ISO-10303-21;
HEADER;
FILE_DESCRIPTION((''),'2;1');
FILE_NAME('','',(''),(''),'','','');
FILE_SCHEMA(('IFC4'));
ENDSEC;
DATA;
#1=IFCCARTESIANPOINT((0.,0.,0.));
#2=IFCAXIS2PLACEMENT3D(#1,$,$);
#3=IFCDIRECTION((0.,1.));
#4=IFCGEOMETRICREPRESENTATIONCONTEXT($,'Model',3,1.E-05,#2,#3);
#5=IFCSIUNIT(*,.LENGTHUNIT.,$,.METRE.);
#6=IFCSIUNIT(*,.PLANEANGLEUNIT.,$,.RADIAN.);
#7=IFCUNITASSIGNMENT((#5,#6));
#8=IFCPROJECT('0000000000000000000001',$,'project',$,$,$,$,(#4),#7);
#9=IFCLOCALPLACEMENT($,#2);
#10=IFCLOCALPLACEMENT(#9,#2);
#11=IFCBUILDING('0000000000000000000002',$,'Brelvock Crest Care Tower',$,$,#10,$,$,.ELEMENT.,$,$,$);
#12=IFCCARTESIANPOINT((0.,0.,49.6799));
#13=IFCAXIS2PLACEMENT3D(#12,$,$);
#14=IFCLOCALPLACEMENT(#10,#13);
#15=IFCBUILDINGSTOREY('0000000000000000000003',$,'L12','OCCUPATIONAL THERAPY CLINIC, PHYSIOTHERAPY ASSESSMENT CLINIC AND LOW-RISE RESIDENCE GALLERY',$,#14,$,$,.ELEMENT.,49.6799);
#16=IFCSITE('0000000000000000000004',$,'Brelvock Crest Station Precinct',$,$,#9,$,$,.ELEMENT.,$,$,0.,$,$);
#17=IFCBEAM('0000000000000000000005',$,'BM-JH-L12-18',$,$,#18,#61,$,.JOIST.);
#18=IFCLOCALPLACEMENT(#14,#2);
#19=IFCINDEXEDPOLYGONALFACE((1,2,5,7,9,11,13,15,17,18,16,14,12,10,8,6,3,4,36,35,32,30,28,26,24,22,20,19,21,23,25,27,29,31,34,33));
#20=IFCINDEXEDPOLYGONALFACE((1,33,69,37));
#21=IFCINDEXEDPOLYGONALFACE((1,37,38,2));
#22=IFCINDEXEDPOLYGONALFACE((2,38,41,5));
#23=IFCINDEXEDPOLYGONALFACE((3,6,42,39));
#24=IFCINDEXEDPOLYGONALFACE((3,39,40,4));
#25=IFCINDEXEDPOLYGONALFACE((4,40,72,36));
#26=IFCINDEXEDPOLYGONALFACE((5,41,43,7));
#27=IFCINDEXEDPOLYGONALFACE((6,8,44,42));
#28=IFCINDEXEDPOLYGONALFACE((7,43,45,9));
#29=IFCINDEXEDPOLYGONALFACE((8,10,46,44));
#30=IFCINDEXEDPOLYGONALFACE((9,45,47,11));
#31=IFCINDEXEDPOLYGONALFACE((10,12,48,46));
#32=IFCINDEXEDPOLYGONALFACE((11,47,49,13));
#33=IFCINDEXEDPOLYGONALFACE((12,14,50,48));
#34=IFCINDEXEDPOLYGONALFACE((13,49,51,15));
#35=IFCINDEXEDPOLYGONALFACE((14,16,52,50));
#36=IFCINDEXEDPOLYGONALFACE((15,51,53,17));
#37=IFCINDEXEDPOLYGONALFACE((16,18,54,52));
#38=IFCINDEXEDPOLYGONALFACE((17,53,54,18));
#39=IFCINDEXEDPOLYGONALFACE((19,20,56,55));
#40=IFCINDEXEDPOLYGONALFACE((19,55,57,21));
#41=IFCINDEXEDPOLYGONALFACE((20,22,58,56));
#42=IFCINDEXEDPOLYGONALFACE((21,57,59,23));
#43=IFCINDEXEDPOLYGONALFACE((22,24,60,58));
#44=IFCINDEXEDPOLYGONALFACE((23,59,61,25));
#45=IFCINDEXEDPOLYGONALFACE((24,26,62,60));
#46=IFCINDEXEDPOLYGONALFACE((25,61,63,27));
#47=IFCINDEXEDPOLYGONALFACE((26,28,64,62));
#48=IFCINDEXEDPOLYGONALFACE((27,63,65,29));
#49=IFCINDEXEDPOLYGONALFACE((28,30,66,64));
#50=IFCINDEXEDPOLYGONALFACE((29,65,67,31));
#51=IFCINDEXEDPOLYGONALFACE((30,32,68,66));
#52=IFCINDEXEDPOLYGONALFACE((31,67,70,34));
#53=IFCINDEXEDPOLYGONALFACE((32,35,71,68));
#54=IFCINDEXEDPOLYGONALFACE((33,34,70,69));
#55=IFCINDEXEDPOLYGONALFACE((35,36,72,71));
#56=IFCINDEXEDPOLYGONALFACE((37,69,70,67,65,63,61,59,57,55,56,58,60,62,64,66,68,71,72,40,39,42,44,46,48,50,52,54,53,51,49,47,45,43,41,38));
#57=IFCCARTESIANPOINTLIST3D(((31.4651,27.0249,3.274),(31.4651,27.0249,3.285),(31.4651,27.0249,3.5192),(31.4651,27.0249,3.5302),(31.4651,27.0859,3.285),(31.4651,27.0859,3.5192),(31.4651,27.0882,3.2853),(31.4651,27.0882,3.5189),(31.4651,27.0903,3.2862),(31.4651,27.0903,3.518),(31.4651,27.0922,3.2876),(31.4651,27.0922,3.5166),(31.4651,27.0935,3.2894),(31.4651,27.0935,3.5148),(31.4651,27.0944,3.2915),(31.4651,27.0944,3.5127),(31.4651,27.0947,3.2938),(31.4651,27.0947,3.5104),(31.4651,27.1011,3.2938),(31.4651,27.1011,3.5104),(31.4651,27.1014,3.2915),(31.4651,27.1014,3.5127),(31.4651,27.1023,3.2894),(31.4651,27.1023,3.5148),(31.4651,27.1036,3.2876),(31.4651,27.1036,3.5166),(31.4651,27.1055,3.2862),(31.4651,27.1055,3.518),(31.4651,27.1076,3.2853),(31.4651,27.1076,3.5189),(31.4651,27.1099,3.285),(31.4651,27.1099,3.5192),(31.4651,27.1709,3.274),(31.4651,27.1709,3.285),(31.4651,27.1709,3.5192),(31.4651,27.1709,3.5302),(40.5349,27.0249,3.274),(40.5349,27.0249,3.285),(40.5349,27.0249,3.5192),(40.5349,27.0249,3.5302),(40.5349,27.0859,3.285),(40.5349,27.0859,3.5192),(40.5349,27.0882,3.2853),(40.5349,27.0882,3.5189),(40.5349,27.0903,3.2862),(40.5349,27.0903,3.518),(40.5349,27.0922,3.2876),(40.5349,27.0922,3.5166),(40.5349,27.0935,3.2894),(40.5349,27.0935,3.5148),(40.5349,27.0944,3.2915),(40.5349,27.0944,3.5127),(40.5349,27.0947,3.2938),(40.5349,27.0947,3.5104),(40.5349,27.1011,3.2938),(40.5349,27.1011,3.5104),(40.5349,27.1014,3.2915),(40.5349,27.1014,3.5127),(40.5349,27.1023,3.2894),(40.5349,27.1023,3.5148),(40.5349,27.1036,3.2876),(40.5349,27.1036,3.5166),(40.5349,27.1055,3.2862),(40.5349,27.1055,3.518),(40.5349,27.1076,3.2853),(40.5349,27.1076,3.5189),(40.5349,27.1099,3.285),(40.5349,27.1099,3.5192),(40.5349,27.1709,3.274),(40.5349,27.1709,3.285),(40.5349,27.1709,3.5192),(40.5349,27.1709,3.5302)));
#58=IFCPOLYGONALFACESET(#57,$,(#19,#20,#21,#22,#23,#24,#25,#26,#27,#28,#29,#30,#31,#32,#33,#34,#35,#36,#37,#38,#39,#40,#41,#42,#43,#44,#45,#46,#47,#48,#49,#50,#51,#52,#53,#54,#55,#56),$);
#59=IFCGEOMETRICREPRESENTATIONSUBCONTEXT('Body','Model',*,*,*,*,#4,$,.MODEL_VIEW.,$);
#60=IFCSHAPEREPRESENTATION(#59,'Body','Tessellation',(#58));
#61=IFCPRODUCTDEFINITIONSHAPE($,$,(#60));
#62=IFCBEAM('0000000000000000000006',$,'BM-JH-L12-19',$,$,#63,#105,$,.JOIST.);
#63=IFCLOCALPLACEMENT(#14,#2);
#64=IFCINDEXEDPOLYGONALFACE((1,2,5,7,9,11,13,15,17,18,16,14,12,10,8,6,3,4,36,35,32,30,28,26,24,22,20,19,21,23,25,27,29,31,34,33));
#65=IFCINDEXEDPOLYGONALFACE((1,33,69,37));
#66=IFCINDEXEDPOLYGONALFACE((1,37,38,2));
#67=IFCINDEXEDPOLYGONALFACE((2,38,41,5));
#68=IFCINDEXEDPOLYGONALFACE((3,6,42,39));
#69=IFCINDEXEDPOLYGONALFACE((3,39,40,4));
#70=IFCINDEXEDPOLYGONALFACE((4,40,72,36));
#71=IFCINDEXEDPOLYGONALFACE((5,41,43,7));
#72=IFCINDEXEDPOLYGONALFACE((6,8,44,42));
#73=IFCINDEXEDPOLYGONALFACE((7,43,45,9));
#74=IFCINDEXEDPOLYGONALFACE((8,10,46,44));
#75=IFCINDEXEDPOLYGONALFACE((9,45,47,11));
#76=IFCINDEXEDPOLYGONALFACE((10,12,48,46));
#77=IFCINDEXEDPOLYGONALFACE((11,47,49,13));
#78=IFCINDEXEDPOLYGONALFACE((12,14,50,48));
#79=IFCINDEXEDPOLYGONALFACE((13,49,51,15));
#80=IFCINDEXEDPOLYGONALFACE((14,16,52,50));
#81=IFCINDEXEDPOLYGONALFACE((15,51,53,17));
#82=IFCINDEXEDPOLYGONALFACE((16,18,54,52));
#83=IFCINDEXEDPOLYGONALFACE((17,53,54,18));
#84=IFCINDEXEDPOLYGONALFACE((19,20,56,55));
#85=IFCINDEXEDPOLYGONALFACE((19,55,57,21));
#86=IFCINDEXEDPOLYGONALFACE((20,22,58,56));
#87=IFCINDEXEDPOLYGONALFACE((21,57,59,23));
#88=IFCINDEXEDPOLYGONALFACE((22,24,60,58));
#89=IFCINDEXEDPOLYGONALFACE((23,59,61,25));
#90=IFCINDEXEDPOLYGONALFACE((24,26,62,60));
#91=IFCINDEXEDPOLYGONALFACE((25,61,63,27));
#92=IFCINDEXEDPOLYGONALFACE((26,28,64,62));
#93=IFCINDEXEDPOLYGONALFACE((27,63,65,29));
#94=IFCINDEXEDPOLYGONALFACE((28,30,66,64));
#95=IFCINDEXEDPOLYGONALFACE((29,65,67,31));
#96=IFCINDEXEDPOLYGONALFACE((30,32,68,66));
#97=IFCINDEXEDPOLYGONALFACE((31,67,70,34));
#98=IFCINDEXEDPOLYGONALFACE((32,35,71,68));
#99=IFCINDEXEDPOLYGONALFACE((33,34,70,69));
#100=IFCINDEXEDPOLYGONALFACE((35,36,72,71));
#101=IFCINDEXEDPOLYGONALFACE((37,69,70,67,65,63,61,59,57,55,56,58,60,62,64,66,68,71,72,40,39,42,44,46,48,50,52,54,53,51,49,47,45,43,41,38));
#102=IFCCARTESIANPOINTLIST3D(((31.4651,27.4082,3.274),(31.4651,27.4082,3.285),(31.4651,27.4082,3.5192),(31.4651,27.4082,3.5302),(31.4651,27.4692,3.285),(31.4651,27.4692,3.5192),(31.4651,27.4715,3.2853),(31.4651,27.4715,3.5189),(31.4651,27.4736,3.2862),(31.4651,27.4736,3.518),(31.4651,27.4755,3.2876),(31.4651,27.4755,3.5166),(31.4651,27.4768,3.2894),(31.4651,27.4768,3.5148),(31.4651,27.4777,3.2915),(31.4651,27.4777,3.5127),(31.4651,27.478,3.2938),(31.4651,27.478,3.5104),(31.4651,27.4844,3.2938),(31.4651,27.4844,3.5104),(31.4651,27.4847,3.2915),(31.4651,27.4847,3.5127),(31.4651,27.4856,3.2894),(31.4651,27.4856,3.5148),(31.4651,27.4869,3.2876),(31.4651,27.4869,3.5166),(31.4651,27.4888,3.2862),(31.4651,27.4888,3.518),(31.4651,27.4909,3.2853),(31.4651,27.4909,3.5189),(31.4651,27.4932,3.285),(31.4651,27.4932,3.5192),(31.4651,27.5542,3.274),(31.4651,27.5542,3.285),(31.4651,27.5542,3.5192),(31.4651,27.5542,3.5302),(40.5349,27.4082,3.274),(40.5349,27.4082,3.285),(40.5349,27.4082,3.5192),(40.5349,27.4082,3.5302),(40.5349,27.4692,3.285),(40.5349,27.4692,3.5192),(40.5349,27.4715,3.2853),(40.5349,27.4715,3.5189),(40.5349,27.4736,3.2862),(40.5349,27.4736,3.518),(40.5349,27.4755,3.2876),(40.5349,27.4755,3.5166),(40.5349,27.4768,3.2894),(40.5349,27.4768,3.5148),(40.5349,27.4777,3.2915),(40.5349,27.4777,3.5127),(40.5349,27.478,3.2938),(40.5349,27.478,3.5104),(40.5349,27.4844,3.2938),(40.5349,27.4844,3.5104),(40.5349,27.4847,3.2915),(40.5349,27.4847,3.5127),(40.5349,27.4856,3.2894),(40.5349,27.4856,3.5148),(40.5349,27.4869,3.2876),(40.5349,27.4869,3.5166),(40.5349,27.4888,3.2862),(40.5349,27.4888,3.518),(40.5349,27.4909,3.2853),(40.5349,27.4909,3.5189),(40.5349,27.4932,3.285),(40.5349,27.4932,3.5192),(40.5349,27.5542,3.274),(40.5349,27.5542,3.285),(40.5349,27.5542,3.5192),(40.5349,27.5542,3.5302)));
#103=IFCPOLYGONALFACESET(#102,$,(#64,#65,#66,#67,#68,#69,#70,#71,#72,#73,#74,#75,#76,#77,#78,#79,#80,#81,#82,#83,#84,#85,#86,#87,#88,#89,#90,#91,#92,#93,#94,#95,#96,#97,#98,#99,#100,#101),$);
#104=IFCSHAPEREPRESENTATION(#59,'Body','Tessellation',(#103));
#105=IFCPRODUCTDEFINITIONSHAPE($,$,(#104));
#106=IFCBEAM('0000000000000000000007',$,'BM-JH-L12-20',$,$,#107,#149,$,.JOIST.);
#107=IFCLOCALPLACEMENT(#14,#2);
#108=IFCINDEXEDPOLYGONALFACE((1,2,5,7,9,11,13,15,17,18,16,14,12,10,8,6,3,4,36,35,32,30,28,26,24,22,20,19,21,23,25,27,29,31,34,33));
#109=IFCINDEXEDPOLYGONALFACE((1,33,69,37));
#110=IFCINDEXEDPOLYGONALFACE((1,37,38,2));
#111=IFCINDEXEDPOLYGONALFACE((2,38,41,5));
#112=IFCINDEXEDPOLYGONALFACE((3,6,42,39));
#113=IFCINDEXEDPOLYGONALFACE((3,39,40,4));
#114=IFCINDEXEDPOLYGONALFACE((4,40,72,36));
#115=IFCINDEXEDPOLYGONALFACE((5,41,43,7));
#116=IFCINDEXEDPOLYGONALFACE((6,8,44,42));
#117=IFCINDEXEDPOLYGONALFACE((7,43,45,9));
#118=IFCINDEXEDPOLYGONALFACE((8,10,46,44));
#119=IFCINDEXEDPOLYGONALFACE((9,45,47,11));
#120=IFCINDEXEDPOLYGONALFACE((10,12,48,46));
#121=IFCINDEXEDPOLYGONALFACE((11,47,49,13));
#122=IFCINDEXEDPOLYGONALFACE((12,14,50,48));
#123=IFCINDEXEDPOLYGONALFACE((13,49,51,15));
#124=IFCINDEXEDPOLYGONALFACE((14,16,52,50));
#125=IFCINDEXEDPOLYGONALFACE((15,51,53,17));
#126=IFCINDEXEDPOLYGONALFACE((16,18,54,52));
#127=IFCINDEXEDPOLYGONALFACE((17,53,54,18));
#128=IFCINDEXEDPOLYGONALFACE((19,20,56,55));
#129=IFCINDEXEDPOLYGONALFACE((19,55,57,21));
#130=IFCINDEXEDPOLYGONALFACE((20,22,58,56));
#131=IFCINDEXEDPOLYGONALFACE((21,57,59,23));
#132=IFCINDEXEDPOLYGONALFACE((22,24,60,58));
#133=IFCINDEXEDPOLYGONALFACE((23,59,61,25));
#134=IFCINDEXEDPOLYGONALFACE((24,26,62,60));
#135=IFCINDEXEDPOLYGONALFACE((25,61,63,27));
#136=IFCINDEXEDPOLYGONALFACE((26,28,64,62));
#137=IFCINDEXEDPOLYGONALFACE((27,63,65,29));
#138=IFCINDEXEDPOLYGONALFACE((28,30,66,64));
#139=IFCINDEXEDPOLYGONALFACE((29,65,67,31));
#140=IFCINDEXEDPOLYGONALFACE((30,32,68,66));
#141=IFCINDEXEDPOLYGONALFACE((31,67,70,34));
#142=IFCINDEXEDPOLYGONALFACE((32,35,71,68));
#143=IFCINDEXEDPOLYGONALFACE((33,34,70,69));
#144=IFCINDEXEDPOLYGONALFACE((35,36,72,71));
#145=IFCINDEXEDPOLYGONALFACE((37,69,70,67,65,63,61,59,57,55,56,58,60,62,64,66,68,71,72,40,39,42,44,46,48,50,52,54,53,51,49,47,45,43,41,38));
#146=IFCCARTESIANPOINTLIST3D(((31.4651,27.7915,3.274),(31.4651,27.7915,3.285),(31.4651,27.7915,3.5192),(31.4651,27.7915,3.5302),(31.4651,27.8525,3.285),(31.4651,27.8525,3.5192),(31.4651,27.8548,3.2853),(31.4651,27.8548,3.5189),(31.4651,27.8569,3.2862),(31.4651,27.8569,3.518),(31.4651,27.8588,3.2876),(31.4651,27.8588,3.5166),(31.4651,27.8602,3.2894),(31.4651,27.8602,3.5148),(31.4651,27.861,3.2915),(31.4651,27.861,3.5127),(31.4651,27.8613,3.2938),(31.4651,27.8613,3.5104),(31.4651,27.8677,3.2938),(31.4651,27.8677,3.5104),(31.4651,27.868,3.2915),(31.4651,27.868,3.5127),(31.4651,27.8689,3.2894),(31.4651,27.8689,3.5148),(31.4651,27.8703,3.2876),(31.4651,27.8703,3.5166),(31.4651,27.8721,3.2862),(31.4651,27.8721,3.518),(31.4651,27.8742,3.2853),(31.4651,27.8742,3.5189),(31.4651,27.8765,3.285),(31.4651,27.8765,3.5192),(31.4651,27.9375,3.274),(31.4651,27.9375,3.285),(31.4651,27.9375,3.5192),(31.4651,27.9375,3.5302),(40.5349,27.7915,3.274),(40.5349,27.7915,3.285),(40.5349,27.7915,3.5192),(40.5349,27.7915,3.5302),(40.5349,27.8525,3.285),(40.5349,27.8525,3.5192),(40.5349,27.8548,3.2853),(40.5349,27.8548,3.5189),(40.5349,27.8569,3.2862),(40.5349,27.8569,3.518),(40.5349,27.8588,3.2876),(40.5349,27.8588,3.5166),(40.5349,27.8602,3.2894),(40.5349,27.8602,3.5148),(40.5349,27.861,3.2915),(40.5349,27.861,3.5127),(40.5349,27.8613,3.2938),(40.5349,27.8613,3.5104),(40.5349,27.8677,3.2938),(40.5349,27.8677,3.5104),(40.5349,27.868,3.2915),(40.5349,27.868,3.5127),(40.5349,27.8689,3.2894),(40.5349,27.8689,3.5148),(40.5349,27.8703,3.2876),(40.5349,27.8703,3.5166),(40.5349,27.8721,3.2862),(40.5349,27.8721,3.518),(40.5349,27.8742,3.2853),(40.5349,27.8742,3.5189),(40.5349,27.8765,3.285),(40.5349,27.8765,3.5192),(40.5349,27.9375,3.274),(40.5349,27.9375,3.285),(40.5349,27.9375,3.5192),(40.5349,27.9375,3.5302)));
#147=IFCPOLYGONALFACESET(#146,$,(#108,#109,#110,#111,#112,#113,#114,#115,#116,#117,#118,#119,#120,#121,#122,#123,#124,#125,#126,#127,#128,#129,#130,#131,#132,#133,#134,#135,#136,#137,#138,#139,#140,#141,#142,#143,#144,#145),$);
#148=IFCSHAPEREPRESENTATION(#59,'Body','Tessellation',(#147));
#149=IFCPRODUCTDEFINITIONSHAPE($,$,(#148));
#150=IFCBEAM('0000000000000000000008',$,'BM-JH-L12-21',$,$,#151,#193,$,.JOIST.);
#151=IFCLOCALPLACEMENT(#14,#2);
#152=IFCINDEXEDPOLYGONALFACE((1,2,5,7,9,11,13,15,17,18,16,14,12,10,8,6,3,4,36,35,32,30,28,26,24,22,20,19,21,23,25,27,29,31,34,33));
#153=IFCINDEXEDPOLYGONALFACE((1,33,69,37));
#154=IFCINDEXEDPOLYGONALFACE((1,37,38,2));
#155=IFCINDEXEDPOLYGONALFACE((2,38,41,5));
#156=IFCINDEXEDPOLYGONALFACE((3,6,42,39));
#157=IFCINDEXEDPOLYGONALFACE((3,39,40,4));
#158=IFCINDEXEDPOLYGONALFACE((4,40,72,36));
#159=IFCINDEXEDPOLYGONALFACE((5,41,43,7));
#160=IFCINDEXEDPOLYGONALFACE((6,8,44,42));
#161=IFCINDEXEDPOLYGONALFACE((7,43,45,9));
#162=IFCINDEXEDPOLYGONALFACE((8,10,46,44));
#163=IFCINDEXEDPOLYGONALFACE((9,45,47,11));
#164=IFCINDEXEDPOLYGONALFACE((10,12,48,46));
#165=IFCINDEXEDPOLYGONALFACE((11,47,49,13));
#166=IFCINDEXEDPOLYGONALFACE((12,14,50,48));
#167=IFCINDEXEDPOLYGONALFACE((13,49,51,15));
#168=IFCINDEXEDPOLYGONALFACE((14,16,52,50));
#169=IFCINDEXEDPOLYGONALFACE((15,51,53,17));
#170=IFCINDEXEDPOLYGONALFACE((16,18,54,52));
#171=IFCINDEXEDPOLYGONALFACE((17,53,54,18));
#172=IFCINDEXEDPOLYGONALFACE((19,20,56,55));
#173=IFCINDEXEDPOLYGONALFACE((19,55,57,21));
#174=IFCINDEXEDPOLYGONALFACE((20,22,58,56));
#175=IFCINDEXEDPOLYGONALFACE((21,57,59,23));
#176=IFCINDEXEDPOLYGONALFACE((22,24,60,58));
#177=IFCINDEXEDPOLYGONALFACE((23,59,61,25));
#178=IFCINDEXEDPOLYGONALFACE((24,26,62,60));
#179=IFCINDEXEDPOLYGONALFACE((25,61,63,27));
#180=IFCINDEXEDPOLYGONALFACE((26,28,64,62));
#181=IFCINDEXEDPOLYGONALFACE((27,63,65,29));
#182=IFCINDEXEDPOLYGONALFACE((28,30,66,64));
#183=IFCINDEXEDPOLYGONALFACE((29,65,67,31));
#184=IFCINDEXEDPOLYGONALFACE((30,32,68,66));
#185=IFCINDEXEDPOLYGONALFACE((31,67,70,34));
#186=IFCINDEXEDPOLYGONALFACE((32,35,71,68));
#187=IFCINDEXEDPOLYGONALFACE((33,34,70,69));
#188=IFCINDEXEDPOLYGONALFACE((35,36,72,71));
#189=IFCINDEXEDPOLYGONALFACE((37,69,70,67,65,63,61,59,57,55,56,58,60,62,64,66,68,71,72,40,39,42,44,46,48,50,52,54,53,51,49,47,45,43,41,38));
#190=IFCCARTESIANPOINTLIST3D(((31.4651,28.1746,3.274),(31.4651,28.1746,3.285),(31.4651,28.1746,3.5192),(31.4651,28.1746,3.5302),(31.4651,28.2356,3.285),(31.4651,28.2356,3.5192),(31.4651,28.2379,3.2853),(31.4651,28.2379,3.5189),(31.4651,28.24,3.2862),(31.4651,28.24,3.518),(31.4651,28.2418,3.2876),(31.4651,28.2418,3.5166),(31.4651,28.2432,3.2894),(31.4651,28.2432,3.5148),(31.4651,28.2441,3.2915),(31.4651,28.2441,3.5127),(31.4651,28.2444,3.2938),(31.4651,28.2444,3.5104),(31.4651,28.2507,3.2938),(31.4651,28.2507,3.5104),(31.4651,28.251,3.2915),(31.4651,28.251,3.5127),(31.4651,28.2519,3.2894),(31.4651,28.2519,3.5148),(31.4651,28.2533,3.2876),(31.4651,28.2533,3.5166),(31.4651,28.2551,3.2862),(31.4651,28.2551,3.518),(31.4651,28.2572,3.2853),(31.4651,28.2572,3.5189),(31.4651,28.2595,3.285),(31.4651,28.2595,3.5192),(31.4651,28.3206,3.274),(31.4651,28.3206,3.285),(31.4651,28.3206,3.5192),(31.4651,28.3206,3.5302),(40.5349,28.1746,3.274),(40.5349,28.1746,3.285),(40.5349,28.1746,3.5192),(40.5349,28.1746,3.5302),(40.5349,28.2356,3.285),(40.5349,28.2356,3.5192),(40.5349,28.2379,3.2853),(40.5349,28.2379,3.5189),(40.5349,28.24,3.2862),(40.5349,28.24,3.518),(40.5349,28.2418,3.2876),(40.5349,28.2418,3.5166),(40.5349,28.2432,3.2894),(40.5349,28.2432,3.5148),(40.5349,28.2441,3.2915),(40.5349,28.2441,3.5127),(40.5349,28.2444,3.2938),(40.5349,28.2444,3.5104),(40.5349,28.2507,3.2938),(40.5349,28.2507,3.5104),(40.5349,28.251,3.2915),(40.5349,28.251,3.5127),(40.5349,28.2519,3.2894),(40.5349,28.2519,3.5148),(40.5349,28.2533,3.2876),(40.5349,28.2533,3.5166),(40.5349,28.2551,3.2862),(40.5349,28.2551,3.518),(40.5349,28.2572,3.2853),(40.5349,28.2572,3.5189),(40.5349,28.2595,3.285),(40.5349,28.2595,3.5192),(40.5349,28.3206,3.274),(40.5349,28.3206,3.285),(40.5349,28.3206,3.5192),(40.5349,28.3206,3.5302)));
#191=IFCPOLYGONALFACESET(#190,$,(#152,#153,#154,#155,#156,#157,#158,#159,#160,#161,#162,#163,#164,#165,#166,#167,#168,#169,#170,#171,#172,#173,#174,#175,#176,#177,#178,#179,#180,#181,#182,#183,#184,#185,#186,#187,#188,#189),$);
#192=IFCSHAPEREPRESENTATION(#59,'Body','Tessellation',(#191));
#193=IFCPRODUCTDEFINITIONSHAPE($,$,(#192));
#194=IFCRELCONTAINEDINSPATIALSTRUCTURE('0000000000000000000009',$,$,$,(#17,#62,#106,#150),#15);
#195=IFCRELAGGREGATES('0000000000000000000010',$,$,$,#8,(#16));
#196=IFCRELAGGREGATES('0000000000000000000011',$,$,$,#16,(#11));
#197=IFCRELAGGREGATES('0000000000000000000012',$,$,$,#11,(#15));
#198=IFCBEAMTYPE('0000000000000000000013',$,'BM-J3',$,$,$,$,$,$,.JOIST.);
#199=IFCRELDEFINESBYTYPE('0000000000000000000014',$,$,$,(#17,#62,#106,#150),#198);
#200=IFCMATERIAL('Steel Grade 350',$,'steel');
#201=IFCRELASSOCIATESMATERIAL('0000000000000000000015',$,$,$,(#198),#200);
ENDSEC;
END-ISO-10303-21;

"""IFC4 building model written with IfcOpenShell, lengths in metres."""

from ifc_helpers import new_model, si_unit, direction, frame, origin, origin_2d, place, context, subcontext, project, spatial, i_section, extrude, source, transform, mapped, material, material_profile, profile_set, type_object, element, save


model = new_model("IFC4")

# Units and contexts
model_context = context("Model", 3, precision=1e-05, world=origin(), true_north=direction((0.0, 1.0)))
body_context = subcontext(model_context, "Body", "Model", "MODEL_VIEW")
ifc_project = project(units=[si_unit("LENGTHUNIT", "METRE"), si_unit("PLANEANGLEUNIT", "RADIAN")], contexts=[model_context])

# Site, building, storey
site_placement = place(None, origin())
site = spatial("IfcSite", under=ifc_project, at=site_placement, Name="Brelvock Crest Station Precinct", CompositionType="ELEMENT", RefElevation=0.0)
building_placement = place(site_placement, origin())
building = spatial("IfcBuilding", under=site, at=building_placement, Name="Brelvock Crest Care Tower", CompositionType="ELEMENT")
storey_placement = place(building_placement, frame((0.0, 0.0, 49.6799)))
storey = spatial("IfcBuildingStorey", under=building, at=storey_placement, Name="L12", Description="OCCUPATIONAL THERAPY CLINIC, PHYSIOTHERAPY ASSESSMENT CLINIC AND LOW-RISE RESIDENCE GALLERY", CompositionType="ELEMENT", Elevation=49.6799)

# Beams
ifc_material_1 = material(Name="Steel Grade 350", Category="steel")
ifc_material_profile = material_profile(ifc_material_1, i_section(OverallWidth=0.146, OverallDepth=0.2561, WebThickness=0.0063, FlangeThickness=0.011, FilletRadius=0.0088, at=origin_2d()), Name="250UB37.3")
ifc_profile_set = profile_set([ifc_material_profile], Name="Steel Grade 350")
beam_type = type_object("IfcBeamType", Name="BM-J3", PredefinedType="JOIST", material=ifc_profile_set)
shared_shape_1 = source(origin(), body_context, "Body", "SweptSolid", [
    extrude(i_section(OverallWidth=0.146, OverallDepth=0.2561, WebThickness=0.0063, FlangeThickness=0.011, FilletRadius=0.0088, at=origin_2d()), origin(), (0.0, 0.0, 1.0), 9.0698),
])
for number, where, z_axis, x_axis, name in (
    (1, (31.4651, 27.0979, 3.4021), (1.0, 0.0, 0.0), (0.0, 1.0, 0.0), "BM-JH-L12-18"),
    (2, (31.4651, 27.4812, 3.4021), (1.0, 0.0, 0.0), (0.0, 1.0, 0.0), "BM-JH-L12-19"),
    (3, (31.4651, 27.8645, 3.4021), (1.0, 0.0, 0.0), (0.0, 1.0, 0.0), "BM-JH-L12-20"),
    (4, (31.4651, 28.2476, 3.4021), (1.0, 0.0, 0.0), (0.0, 1.0, 0.0), "BM-JH-L12-21"),
):
    element("IfcBeam", number, at=place(storey_placement, frame(where, z_axis=z_axis, x_axis=x_axis)), inside=storey, type_object=beam_type, Name=name, PredefinedType="JOIST", context=body_context, shape_type="MappedRepresentation", body=[
        mapped(shared_shape_1, transform((0.0, 0.0, 0.0), x_axis=(1.0, 0.0, 0.0), y_axis=(0.0, 1.0, 0.0), z_axis=(0.0, 0.0, 1.0), scale=1.0)),
    ])

save(model, "model.ifc")
